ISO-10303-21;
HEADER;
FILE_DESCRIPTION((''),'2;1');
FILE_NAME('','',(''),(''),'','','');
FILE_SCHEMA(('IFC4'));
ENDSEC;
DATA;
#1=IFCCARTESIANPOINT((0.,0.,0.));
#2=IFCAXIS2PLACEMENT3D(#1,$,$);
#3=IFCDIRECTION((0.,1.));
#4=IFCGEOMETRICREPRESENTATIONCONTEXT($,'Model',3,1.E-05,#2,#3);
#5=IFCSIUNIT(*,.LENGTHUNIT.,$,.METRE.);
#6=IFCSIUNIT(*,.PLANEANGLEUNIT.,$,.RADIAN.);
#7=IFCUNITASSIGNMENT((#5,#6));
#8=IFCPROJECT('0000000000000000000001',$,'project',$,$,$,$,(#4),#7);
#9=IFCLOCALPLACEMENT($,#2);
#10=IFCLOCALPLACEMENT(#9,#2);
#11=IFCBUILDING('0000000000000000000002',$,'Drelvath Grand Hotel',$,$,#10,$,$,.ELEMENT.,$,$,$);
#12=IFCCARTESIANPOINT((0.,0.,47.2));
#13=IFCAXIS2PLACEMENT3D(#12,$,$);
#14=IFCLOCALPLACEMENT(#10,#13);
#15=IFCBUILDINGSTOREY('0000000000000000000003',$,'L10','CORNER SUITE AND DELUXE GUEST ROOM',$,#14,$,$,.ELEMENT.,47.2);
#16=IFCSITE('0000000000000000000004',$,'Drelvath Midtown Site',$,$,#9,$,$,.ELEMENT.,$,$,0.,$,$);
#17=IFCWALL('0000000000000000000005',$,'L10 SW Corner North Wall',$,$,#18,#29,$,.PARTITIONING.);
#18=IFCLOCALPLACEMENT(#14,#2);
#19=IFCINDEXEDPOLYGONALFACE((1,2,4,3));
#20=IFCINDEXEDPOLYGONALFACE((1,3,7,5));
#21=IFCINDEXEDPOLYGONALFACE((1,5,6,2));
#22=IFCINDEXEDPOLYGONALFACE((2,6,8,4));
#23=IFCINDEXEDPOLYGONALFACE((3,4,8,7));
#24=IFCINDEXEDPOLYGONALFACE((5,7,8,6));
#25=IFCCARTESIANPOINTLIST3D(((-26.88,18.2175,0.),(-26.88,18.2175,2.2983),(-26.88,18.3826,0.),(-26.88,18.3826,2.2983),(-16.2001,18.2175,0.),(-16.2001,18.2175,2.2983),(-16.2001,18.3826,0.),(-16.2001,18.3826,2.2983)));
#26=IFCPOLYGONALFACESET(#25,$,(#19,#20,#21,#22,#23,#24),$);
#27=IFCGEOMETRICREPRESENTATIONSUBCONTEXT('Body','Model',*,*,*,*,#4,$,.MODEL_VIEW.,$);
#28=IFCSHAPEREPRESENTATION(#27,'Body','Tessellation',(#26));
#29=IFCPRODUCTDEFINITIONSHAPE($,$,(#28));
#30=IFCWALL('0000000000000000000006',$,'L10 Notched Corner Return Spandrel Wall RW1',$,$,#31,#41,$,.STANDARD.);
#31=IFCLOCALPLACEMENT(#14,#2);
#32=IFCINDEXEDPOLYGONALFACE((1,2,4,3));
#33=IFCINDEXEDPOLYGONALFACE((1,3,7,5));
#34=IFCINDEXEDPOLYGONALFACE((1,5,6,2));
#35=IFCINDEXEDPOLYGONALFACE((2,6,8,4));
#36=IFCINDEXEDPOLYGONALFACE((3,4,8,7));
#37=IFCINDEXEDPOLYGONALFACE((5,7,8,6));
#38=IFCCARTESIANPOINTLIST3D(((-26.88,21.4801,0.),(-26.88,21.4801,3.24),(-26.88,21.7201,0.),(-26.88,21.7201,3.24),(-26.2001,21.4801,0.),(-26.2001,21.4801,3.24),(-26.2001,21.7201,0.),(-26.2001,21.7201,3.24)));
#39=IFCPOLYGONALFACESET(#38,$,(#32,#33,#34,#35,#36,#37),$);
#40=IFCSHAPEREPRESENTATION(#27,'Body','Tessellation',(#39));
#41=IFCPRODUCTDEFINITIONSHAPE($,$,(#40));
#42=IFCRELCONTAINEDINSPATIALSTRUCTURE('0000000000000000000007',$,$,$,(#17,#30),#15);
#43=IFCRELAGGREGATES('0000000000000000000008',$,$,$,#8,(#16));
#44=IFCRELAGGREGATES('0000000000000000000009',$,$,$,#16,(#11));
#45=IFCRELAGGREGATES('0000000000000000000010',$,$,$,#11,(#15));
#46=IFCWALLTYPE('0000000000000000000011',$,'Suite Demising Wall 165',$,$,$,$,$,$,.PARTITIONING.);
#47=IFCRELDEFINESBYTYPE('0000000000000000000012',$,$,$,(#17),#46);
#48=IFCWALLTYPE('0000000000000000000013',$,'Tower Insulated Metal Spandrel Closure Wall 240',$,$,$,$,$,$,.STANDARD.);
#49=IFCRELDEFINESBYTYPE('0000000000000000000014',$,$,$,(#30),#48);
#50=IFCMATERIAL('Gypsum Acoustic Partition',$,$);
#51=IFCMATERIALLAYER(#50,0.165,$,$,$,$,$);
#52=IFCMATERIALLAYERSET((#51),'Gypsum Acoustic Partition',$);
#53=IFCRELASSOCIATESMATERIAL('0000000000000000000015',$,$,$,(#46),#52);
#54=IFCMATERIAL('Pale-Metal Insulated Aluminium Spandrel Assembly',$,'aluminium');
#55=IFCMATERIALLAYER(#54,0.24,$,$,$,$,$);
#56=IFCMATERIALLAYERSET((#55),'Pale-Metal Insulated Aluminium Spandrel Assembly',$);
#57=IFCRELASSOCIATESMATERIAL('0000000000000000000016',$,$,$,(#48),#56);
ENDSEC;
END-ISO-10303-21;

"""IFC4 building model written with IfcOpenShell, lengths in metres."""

from ifc_helpers import new_model, si_unit, direction, frame, frame_2d, origin, place, context, subcontext, project, spatial, rectangle, extrude, material, layer, layer_set, type_object, element, save


model = new_model("IFC4")

# Units and contexts
model_context = context("Model", 3, precision=1e-05, world=origin(), true_north=direction((0.0, 1.0)))
body_context = subcontext(model_context, "Body", "Model", "MODEL_VIEW")
ifc_project = project(units=[si_unit("LENGTHUNIT", "METRE"), si_unit("PLANEANGLEUNIT", "RADIAN")], contexts=[model_context])

# Site, building, storey
site_placement = place(None, origin())
site = spatial("IfcSite", under=ifc_project, at=site_placement, Name="Drelvath Midtown Site", CompositionType="ELEMENT", RefElevation=0.0)
building_placement = place(site_placement, origin())
building = spatial("IfcBuilding", under=site, at=building_placement, Name="Drelvath Grand Hotel", CompositionType="ELEMENT")
storey_placement = place(building_placement, frame((0.0, 0.0, 47.2)))
storey = spatial("IfcBuildingStorey", under=building, at=storey_placement, Name="L10", Description="CORNER SUITE AND DELUXE GUEST ROOM", CompositionType="ELEMENT", Elevation=47.2)

# Walls
ifc_material_1 = material(Name="Gypsum Acoustic Partition")
ifc_layer_1 = layer(ifc_material_1, 0.165)
ifc_layer_set_1 = layer_set([ifc_layer_1], Name="Gypsum Acoustic Partition")
wall_type_1 = type_object("IfcWallType", Name="Suite Demising Wall 165", PredefinedType="PARTITIONING", material=ifc_layer_set_1)
wall_1_placement = place(storey_placement, frame((-26.8799, 18.3, 0.0), z_axis=(0.0, 0.0, 1.0), x_axis=(1.0, 0.0, 0.0)))
element("IfcWall", 1, at=wall_1_placement, inside=storey, type_object=wall_type_1, Name="L10 SW Corner North Wall", PredefinedType="PARTITIONING", context=body_context, shape_type="SweptSolid", body=[
    extrude(rectangle(XDim=10.6799, YDim=0.165, at=frame_2d((5.3398, 0.0))), origin(), (0.0, 0.0, 1.0), 2.2983),
])
ifc_material_2 = material(Name="Pale-Metal Insulated Aluminium Spandrel Assembly", Category="aluminium")
ifc_layer_2 = layer(ifc_material_2, 0.24)
ifc_layer_set_2 = layer_set([ifc_layer_2], Name="Pale-Metal Insulated Aluminium Spandrel Assembly")
wall_type_2 = type_object("IfcWallType", Name="Tower Insulated Metal Spandrel Closure Wall 240", PredefinedType="STANDARD", material=ifc_layer_set_2)
wall_2_placement = place(storey_placement, frame((-26.8799, 21.6001, 0.0), z_axis=(0.0, 0.0, 1.0), x_axis=(1.0, 0.0, 0.0)))
element("IfcWall", 2, at=wall_2_placement, inside=storey, type_object=wall_type_2, Name="L10 Notched Corner Return Spandrel Wall RW1", PredefinedType="STANDARD", context=body_context, shape_type="SweptSolid", body=[
    extrude(rectangle(XDim=0.6799, YDim=0.24, at=frame_2d((0.3398, 0.0))), origin(), (0.0, 0.0, 1.0), 3.24),
])

save(model, "model.ifc")
